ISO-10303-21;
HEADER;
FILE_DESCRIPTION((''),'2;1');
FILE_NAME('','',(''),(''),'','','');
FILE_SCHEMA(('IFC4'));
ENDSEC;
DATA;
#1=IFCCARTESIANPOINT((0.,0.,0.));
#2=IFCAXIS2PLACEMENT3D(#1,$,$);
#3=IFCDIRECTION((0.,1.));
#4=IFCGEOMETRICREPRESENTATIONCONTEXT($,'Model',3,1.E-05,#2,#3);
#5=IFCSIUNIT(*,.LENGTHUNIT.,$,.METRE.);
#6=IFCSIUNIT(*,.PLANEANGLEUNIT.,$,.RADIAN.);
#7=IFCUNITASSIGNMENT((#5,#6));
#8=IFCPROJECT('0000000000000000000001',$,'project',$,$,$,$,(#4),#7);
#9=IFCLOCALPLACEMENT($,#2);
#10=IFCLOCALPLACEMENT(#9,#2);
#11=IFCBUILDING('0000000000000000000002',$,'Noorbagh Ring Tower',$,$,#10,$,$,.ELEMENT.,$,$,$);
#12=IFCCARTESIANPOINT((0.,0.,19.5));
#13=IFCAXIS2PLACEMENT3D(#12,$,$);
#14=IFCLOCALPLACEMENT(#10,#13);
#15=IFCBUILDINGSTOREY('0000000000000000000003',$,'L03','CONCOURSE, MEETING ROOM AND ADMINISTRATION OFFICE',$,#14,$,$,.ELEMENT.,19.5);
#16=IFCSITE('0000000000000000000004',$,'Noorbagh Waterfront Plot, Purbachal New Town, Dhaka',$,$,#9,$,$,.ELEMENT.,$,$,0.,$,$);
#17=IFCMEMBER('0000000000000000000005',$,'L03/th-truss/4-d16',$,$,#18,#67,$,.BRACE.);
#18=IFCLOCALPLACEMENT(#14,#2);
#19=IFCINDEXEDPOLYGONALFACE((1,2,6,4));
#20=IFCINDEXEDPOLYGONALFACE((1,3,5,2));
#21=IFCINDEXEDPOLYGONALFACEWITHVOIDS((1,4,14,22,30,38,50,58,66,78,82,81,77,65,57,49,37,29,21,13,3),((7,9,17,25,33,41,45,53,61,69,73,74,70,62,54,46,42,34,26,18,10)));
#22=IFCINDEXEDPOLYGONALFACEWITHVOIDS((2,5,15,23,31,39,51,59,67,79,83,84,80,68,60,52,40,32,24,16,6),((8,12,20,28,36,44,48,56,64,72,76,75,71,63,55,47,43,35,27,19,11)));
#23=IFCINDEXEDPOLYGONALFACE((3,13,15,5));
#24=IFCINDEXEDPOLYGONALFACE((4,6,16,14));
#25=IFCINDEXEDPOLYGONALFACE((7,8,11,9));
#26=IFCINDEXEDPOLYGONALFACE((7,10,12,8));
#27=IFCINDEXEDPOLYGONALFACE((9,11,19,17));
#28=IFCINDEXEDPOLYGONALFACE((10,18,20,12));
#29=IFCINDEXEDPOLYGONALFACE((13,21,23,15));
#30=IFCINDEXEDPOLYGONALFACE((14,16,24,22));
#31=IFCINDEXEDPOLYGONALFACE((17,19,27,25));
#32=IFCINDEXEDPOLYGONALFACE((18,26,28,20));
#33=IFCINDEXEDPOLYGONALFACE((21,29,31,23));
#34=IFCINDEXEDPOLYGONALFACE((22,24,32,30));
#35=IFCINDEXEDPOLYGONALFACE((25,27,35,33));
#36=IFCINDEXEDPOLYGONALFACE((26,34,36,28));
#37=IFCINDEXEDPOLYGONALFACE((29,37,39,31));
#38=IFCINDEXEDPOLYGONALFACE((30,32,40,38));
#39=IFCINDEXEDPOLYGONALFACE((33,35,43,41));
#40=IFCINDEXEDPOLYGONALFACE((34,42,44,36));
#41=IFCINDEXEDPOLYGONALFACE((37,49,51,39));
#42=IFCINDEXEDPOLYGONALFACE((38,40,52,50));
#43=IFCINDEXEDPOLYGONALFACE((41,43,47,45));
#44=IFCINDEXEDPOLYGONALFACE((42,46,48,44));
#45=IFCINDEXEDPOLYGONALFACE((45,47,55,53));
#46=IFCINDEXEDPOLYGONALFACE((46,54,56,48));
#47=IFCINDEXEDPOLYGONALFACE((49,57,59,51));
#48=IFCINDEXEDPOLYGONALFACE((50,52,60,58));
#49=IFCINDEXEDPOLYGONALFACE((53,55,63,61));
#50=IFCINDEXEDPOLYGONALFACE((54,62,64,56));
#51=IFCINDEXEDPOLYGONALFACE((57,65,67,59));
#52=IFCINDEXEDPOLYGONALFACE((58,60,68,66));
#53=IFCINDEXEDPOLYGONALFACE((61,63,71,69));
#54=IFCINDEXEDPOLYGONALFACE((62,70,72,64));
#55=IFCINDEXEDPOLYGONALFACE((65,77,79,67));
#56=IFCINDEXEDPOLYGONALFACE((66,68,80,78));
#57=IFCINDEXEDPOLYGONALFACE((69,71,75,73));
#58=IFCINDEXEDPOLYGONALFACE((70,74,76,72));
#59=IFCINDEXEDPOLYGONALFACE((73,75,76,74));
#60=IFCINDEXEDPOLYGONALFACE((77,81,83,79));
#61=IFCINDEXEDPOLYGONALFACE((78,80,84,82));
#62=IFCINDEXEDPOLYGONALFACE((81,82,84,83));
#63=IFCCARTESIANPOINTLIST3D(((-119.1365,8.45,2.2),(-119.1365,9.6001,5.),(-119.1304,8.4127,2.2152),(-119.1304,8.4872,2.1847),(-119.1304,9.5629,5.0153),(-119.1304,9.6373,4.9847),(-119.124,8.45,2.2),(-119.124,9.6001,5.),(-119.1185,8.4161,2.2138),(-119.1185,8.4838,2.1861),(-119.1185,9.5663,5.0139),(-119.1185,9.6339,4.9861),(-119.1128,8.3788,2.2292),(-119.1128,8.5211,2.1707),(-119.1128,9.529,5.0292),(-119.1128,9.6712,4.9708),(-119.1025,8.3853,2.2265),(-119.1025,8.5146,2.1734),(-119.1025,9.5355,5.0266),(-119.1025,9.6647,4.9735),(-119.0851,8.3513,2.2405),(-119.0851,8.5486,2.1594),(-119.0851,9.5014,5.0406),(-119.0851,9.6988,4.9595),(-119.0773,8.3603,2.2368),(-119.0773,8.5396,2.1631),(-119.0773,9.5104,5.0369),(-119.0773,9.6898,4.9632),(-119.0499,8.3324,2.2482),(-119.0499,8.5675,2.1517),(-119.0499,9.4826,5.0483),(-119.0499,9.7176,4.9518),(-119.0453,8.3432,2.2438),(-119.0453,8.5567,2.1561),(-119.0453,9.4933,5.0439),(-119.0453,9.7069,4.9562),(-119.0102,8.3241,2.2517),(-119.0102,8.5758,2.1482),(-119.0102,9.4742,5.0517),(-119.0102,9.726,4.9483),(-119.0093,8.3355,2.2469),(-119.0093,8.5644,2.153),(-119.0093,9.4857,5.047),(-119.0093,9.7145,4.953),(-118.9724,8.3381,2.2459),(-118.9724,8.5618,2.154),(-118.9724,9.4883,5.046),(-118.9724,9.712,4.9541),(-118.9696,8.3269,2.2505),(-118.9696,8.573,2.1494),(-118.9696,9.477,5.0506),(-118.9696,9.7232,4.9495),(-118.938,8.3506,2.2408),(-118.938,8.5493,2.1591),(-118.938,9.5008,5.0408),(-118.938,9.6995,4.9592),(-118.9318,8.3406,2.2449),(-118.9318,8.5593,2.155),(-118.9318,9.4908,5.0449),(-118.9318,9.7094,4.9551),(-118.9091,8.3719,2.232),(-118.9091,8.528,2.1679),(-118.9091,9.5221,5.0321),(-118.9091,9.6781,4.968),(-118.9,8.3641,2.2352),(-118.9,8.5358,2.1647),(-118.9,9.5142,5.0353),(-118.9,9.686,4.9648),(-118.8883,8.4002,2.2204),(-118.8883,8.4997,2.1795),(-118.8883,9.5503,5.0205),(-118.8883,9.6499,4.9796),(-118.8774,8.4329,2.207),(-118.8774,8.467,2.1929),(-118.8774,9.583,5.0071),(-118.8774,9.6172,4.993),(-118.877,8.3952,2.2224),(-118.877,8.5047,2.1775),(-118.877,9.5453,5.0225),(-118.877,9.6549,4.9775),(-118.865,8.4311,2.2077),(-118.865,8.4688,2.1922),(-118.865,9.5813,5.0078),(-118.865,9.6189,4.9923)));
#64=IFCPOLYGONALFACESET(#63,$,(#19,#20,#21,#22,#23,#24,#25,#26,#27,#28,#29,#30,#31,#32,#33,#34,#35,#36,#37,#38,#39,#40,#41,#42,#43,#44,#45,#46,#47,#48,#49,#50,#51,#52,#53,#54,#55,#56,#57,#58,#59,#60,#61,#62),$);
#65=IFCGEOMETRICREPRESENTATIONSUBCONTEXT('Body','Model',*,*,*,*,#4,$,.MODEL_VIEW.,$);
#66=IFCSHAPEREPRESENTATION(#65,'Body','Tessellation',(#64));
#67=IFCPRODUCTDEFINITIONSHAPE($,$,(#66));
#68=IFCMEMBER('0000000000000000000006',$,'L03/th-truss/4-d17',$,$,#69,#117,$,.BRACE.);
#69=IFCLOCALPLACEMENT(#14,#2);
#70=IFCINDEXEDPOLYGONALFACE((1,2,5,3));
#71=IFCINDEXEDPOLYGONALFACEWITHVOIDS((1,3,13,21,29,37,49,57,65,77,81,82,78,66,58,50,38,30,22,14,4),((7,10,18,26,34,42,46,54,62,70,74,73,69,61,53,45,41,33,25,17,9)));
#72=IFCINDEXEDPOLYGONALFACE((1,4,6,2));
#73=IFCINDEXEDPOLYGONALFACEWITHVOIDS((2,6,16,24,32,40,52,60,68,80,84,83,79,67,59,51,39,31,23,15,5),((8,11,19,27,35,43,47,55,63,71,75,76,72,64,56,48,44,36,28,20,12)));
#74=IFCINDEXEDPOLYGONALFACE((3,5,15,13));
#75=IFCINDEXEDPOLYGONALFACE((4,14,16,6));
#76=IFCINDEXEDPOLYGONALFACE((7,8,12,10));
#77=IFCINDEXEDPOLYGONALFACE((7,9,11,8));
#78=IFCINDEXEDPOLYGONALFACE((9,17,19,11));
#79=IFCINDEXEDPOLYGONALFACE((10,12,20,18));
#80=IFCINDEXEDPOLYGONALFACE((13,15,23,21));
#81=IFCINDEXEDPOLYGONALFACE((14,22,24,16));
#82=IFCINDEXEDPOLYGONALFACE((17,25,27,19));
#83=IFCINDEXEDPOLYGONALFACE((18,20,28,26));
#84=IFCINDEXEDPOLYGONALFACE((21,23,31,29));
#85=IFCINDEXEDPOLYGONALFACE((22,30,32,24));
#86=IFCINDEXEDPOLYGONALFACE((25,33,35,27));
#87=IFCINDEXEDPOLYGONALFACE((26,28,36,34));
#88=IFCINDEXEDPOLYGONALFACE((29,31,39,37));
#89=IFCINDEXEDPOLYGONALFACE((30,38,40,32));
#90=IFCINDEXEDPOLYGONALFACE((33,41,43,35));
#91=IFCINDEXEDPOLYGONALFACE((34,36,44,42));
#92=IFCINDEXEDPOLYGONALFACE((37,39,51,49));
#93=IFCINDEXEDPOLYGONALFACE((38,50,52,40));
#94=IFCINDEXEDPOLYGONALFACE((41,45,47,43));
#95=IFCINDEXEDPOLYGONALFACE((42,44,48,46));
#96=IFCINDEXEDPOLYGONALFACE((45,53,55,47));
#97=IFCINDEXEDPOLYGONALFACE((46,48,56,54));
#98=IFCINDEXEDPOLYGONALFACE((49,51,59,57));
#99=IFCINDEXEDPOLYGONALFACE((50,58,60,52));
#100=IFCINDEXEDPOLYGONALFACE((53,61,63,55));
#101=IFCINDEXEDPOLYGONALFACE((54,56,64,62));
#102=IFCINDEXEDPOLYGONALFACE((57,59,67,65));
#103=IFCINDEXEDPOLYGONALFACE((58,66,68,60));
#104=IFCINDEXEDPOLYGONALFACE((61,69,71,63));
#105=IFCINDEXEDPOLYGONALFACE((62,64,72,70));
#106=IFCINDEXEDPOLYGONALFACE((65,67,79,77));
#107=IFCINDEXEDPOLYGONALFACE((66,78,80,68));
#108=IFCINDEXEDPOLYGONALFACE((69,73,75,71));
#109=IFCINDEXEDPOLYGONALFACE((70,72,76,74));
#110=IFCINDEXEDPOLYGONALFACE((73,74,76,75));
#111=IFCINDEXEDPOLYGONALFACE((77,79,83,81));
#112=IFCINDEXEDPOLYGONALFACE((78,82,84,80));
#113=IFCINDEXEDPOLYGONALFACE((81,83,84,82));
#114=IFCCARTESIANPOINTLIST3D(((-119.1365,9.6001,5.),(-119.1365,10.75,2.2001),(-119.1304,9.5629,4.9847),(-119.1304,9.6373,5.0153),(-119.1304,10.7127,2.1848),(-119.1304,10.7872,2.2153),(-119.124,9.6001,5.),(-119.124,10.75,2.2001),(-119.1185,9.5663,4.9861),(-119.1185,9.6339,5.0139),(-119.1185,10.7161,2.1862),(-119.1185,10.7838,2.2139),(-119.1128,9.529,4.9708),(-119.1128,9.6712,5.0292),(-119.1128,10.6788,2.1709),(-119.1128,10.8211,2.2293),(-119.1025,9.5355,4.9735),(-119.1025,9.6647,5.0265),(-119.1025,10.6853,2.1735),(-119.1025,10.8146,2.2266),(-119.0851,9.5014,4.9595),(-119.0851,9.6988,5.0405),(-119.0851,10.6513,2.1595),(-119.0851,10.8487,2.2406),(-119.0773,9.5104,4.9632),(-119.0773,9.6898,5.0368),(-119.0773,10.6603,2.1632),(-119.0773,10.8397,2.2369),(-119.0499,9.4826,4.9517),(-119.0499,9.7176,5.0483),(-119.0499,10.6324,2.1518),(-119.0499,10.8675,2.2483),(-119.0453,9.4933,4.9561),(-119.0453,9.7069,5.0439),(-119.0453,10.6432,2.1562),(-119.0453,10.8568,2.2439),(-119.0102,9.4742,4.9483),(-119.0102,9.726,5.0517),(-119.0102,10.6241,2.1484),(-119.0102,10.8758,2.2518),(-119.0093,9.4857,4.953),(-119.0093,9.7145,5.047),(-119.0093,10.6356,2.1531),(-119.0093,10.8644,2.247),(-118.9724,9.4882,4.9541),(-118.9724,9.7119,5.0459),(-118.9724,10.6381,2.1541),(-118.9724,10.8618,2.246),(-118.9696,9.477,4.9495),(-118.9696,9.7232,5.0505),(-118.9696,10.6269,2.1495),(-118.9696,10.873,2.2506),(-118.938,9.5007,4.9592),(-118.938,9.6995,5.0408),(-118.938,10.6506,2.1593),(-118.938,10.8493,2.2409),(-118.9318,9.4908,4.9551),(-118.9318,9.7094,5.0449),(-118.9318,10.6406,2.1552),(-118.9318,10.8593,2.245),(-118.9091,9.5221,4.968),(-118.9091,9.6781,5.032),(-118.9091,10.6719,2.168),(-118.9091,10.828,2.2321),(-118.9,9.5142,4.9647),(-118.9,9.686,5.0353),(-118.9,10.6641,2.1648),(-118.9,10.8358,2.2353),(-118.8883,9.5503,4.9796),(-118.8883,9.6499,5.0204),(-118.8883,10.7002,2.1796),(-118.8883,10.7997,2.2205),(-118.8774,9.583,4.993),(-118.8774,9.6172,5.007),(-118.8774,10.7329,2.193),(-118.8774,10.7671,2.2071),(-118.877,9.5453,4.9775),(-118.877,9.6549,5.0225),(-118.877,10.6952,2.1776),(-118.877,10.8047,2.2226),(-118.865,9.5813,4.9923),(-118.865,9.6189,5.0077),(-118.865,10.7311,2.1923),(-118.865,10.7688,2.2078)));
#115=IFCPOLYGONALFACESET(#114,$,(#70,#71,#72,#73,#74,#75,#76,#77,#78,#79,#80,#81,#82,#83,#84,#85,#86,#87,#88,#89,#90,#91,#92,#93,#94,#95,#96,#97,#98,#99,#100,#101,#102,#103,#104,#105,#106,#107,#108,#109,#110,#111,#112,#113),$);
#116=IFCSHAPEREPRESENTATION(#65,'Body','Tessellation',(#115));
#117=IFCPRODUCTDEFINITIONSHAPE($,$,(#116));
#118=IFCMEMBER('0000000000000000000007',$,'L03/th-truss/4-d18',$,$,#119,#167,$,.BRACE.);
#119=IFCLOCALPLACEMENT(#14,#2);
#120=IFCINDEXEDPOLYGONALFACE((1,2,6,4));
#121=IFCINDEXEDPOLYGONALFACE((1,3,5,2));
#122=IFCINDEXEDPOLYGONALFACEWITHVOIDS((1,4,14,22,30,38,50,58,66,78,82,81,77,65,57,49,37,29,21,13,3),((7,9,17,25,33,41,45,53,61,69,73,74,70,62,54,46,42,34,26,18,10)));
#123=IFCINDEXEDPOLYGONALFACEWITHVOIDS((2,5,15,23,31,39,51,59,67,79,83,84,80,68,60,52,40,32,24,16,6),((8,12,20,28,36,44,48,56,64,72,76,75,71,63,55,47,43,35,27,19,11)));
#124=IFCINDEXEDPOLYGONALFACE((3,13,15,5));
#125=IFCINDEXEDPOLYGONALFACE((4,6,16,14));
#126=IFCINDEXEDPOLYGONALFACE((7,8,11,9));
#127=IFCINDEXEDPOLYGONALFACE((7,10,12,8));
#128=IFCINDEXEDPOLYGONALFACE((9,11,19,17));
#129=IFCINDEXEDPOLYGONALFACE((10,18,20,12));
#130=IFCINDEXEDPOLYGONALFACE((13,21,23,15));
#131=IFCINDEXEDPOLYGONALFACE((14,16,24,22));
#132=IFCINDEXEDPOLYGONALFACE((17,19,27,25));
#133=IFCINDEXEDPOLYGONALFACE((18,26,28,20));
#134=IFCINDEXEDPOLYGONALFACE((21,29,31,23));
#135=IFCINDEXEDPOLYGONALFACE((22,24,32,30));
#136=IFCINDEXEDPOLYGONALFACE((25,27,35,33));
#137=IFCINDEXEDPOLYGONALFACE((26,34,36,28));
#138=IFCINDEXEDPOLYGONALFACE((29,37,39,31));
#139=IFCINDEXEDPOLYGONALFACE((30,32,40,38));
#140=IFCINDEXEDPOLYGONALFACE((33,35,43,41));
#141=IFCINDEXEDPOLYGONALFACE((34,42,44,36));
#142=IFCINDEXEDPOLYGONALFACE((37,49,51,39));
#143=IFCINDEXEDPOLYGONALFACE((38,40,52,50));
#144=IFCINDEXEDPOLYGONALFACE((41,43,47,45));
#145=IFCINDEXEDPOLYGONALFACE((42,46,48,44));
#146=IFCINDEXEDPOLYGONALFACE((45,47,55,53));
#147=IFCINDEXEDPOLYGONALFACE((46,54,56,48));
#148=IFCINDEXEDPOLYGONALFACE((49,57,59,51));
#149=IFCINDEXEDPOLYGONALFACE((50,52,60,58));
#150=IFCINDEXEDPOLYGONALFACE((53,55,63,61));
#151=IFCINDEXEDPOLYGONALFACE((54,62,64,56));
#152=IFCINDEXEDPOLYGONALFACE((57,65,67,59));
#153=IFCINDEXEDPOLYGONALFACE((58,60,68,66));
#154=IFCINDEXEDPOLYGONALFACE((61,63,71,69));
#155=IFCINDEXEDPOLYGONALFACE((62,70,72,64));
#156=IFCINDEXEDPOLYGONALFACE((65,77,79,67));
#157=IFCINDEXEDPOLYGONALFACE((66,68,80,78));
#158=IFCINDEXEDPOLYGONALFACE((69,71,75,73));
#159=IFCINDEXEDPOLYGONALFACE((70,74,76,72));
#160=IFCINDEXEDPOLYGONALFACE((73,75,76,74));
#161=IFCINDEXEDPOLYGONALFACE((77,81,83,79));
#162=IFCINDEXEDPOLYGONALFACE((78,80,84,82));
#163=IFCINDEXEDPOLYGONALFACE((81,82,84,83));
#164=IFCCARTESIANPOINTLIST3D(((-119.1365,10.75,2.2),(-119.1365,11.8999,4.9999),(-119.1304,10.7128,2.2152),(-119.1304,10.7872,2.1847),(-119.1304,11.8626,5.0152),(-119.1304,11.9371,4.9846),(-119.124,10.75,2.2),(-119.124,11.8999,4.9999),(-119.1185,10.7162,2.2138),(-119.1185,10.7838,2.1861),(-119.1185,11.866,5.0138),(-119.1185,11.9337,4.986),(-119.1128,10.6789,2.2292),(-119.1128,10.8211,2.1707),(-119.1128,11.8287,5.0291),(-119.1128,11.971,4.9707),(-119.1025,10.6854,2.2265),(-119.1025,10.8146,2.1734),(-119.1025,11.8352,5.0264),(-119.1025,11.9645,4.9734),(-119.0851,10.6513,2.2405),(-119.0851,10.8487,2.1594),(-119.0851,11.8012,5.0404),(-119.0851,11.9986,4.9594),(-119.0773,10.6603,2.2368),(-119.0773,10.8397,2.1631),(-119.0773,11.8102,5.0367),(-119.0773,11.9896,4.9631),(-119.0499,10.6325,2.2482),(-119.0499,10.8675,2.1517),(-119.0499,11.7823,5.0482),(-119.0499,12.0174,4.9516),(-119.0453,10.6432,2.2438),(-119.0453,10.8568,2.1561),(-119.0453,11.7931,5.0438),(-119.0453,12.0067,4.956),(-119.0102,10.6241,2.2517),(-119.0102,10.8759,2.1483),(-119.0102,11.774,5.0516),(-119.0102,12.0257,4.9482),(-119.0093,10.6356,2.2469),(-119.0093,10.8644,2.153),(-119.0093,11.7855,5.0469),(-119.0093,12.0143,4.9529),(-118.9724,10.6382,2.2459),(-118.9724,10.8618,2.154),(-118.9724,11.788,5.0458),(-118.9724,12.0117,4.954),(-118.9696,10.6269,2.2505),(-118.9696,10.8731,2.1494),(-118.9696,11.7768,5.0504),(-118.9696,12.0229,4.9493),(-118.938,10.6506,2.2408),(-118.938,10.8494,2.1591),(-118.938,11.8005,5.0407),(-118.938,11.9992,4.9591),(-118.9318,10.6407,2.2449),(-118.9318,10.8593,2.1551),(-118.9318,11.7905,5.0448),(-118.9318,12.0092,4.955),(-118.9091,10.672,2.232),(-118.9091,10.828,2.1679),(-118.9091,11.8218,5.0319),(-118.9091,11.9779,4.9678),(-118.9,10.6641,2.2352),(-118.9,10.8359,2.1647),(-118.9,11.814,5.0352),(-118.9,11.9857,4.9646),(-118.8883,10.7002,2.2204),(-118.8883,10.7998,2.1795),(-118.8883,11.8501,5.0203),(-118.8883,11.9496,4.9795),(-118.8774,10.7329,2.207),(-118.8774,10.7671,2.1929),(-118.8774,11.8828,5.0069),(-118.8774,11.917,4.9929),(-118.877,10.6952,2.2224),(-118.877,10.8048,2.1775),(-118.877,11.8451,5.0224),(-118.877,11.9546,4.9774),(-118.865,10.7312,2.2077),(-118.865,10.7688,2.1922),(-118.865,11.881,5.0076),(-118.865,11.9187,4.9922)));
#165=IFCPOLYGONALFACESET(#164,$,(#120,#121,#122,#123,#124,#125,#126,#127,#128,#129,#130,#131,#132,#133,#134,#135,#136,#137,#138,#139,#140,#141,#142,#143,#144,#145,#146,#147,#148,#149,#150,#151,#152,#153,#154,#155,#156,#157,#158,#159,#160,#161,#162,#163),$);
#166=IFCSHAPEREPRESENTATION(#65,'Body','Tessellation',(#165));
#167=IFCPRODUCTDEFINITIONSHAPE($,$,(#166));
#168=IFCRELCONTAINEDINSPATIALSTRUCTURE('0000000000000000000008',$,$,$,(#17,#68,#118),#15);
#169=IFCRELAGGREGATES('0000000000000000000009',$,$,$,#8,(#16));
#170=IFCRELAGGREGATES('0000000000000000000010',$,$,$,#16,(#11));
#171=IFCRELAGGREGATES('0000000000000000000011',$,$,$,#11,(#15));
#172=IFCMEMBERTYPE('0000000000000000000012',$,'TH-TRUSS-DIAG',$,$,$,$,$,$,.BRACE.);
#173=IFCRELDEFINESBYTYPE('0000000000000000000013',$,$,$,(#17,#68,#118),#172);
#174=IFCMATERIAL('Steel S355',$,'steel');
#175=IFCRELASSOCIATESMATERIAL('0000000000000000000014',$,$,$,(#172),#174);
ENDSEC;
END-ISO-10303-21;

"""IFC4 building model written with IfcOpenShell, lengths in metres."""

from ifc_helpers import new_model, si_unit, direction, frame, origin, origin_2d, place, context, subcontext, project, spatial, hollow_circle, extrude, material, material_profile, profile_set, type_object, element, save


model = new_model("IFC4")

# Units and contexts
model_context = context("Model", 3, precision=1e-05, world=origin(), true_north=direction((0.0, 1.0)))
body_context = subcontext(model_context, "Body", "Model", "MODEL_VIEW")
ifc_project = project(units=[si_unit("LENGTHUNIT", "METRE"), si_unit("PLANEANGLEUNIT", "RADIAN")], contexts=[model_context])

# Site, building, storey
site_placement = place(None, origin())
site = spatial("IfcSite", under=ifc_project, at=site_placement, Name="Noorbagh Waterfront Plot, Purbachal New Town, Dhaka", CompositionType="ELEMENT", RefElevation=0.0)
building_placement = place(site_placement, origin())
building = spatial("IfcBuilding", under=site, at=building_placement, Name="Noorbagh Ring Tower", CompositionType="ELEMENT")
storey_placement = place(building_placement, frame((0.0, 0.0, 19.5)))
storey = spatial("IfcBuildingStorey", under=building, at=storey_placement, Name="L03", Description="CONCOURSE, MEETING ROOM AND ADMINISTRATION OFFICE", CompositionType="ELEMENT", Elevation=19.5)

# Members
ifc_material_1 = material(Name="Steel S355", Category="steel")
ifc_material_profile = material_profile(ifc_material_1, hollow_circle(Radius=0.1365, WallThickness=0.0125, at=origin_2d()), Name="CHS273x12.5")
ifc_profile_set = profile_set([ifc_material_profile], Name="Steel S355")
member_type = type_object("IfcMemberType", Name="TH-TRUSS-DIAG", PredefinedType="BRACE", material=ifc_profile_set)
member_1_placement = place(storey_placement, frame((-119.0, 8.45, 2.2), z_axis=(0.0, 0.379955, 0.925005), x_axis=(-1.0, 0.0, 0.0)))
element("IfcMember", 1, at=member_1_placement, inside=storey, type_object=member_type, Name="L03/th-truss/4-d16", PredefinedType="BRACE", context=body_context, shape_type="SweptSolid", body=[
    extrude(hollow_circle(Radius=0.1365, WallThickness=0.0125, at=origin_2d()), origin(), (0.0, 0.0, 1.0), 3.0271),
])
for number, where, z_axis, x_axis, name in (
    (2, (-119.0, 9.6001, 5.0), (0.0, 0.379886, -0.925033), (-1.0, 0.0, 0.0), "L03/th-truss/4-d17"),
    (3, (-119.0, 10.75, 2.2), (0.0, 0.379886, 0.925033), (-1.0, 0.0, 0.0), "L03/th-truss/4-d18"),
):
    element("IfcMember", number, at=place(storey_placement, frame(where, z_axis=z_axis, x_axis=x_axis)), inside=storey, type_object=member_type, Name=name, PredefinedType="BRACE", context=body_context, shape_type="SweptSolid", body=[
        extrude(hollow_circle(Radius=0.1365, WallThickness=0.0125, at=origin_2d()), origin(), (0.0, 0.0, 1.0), 3.0269),
    ])

save(model, "model.ifc")
